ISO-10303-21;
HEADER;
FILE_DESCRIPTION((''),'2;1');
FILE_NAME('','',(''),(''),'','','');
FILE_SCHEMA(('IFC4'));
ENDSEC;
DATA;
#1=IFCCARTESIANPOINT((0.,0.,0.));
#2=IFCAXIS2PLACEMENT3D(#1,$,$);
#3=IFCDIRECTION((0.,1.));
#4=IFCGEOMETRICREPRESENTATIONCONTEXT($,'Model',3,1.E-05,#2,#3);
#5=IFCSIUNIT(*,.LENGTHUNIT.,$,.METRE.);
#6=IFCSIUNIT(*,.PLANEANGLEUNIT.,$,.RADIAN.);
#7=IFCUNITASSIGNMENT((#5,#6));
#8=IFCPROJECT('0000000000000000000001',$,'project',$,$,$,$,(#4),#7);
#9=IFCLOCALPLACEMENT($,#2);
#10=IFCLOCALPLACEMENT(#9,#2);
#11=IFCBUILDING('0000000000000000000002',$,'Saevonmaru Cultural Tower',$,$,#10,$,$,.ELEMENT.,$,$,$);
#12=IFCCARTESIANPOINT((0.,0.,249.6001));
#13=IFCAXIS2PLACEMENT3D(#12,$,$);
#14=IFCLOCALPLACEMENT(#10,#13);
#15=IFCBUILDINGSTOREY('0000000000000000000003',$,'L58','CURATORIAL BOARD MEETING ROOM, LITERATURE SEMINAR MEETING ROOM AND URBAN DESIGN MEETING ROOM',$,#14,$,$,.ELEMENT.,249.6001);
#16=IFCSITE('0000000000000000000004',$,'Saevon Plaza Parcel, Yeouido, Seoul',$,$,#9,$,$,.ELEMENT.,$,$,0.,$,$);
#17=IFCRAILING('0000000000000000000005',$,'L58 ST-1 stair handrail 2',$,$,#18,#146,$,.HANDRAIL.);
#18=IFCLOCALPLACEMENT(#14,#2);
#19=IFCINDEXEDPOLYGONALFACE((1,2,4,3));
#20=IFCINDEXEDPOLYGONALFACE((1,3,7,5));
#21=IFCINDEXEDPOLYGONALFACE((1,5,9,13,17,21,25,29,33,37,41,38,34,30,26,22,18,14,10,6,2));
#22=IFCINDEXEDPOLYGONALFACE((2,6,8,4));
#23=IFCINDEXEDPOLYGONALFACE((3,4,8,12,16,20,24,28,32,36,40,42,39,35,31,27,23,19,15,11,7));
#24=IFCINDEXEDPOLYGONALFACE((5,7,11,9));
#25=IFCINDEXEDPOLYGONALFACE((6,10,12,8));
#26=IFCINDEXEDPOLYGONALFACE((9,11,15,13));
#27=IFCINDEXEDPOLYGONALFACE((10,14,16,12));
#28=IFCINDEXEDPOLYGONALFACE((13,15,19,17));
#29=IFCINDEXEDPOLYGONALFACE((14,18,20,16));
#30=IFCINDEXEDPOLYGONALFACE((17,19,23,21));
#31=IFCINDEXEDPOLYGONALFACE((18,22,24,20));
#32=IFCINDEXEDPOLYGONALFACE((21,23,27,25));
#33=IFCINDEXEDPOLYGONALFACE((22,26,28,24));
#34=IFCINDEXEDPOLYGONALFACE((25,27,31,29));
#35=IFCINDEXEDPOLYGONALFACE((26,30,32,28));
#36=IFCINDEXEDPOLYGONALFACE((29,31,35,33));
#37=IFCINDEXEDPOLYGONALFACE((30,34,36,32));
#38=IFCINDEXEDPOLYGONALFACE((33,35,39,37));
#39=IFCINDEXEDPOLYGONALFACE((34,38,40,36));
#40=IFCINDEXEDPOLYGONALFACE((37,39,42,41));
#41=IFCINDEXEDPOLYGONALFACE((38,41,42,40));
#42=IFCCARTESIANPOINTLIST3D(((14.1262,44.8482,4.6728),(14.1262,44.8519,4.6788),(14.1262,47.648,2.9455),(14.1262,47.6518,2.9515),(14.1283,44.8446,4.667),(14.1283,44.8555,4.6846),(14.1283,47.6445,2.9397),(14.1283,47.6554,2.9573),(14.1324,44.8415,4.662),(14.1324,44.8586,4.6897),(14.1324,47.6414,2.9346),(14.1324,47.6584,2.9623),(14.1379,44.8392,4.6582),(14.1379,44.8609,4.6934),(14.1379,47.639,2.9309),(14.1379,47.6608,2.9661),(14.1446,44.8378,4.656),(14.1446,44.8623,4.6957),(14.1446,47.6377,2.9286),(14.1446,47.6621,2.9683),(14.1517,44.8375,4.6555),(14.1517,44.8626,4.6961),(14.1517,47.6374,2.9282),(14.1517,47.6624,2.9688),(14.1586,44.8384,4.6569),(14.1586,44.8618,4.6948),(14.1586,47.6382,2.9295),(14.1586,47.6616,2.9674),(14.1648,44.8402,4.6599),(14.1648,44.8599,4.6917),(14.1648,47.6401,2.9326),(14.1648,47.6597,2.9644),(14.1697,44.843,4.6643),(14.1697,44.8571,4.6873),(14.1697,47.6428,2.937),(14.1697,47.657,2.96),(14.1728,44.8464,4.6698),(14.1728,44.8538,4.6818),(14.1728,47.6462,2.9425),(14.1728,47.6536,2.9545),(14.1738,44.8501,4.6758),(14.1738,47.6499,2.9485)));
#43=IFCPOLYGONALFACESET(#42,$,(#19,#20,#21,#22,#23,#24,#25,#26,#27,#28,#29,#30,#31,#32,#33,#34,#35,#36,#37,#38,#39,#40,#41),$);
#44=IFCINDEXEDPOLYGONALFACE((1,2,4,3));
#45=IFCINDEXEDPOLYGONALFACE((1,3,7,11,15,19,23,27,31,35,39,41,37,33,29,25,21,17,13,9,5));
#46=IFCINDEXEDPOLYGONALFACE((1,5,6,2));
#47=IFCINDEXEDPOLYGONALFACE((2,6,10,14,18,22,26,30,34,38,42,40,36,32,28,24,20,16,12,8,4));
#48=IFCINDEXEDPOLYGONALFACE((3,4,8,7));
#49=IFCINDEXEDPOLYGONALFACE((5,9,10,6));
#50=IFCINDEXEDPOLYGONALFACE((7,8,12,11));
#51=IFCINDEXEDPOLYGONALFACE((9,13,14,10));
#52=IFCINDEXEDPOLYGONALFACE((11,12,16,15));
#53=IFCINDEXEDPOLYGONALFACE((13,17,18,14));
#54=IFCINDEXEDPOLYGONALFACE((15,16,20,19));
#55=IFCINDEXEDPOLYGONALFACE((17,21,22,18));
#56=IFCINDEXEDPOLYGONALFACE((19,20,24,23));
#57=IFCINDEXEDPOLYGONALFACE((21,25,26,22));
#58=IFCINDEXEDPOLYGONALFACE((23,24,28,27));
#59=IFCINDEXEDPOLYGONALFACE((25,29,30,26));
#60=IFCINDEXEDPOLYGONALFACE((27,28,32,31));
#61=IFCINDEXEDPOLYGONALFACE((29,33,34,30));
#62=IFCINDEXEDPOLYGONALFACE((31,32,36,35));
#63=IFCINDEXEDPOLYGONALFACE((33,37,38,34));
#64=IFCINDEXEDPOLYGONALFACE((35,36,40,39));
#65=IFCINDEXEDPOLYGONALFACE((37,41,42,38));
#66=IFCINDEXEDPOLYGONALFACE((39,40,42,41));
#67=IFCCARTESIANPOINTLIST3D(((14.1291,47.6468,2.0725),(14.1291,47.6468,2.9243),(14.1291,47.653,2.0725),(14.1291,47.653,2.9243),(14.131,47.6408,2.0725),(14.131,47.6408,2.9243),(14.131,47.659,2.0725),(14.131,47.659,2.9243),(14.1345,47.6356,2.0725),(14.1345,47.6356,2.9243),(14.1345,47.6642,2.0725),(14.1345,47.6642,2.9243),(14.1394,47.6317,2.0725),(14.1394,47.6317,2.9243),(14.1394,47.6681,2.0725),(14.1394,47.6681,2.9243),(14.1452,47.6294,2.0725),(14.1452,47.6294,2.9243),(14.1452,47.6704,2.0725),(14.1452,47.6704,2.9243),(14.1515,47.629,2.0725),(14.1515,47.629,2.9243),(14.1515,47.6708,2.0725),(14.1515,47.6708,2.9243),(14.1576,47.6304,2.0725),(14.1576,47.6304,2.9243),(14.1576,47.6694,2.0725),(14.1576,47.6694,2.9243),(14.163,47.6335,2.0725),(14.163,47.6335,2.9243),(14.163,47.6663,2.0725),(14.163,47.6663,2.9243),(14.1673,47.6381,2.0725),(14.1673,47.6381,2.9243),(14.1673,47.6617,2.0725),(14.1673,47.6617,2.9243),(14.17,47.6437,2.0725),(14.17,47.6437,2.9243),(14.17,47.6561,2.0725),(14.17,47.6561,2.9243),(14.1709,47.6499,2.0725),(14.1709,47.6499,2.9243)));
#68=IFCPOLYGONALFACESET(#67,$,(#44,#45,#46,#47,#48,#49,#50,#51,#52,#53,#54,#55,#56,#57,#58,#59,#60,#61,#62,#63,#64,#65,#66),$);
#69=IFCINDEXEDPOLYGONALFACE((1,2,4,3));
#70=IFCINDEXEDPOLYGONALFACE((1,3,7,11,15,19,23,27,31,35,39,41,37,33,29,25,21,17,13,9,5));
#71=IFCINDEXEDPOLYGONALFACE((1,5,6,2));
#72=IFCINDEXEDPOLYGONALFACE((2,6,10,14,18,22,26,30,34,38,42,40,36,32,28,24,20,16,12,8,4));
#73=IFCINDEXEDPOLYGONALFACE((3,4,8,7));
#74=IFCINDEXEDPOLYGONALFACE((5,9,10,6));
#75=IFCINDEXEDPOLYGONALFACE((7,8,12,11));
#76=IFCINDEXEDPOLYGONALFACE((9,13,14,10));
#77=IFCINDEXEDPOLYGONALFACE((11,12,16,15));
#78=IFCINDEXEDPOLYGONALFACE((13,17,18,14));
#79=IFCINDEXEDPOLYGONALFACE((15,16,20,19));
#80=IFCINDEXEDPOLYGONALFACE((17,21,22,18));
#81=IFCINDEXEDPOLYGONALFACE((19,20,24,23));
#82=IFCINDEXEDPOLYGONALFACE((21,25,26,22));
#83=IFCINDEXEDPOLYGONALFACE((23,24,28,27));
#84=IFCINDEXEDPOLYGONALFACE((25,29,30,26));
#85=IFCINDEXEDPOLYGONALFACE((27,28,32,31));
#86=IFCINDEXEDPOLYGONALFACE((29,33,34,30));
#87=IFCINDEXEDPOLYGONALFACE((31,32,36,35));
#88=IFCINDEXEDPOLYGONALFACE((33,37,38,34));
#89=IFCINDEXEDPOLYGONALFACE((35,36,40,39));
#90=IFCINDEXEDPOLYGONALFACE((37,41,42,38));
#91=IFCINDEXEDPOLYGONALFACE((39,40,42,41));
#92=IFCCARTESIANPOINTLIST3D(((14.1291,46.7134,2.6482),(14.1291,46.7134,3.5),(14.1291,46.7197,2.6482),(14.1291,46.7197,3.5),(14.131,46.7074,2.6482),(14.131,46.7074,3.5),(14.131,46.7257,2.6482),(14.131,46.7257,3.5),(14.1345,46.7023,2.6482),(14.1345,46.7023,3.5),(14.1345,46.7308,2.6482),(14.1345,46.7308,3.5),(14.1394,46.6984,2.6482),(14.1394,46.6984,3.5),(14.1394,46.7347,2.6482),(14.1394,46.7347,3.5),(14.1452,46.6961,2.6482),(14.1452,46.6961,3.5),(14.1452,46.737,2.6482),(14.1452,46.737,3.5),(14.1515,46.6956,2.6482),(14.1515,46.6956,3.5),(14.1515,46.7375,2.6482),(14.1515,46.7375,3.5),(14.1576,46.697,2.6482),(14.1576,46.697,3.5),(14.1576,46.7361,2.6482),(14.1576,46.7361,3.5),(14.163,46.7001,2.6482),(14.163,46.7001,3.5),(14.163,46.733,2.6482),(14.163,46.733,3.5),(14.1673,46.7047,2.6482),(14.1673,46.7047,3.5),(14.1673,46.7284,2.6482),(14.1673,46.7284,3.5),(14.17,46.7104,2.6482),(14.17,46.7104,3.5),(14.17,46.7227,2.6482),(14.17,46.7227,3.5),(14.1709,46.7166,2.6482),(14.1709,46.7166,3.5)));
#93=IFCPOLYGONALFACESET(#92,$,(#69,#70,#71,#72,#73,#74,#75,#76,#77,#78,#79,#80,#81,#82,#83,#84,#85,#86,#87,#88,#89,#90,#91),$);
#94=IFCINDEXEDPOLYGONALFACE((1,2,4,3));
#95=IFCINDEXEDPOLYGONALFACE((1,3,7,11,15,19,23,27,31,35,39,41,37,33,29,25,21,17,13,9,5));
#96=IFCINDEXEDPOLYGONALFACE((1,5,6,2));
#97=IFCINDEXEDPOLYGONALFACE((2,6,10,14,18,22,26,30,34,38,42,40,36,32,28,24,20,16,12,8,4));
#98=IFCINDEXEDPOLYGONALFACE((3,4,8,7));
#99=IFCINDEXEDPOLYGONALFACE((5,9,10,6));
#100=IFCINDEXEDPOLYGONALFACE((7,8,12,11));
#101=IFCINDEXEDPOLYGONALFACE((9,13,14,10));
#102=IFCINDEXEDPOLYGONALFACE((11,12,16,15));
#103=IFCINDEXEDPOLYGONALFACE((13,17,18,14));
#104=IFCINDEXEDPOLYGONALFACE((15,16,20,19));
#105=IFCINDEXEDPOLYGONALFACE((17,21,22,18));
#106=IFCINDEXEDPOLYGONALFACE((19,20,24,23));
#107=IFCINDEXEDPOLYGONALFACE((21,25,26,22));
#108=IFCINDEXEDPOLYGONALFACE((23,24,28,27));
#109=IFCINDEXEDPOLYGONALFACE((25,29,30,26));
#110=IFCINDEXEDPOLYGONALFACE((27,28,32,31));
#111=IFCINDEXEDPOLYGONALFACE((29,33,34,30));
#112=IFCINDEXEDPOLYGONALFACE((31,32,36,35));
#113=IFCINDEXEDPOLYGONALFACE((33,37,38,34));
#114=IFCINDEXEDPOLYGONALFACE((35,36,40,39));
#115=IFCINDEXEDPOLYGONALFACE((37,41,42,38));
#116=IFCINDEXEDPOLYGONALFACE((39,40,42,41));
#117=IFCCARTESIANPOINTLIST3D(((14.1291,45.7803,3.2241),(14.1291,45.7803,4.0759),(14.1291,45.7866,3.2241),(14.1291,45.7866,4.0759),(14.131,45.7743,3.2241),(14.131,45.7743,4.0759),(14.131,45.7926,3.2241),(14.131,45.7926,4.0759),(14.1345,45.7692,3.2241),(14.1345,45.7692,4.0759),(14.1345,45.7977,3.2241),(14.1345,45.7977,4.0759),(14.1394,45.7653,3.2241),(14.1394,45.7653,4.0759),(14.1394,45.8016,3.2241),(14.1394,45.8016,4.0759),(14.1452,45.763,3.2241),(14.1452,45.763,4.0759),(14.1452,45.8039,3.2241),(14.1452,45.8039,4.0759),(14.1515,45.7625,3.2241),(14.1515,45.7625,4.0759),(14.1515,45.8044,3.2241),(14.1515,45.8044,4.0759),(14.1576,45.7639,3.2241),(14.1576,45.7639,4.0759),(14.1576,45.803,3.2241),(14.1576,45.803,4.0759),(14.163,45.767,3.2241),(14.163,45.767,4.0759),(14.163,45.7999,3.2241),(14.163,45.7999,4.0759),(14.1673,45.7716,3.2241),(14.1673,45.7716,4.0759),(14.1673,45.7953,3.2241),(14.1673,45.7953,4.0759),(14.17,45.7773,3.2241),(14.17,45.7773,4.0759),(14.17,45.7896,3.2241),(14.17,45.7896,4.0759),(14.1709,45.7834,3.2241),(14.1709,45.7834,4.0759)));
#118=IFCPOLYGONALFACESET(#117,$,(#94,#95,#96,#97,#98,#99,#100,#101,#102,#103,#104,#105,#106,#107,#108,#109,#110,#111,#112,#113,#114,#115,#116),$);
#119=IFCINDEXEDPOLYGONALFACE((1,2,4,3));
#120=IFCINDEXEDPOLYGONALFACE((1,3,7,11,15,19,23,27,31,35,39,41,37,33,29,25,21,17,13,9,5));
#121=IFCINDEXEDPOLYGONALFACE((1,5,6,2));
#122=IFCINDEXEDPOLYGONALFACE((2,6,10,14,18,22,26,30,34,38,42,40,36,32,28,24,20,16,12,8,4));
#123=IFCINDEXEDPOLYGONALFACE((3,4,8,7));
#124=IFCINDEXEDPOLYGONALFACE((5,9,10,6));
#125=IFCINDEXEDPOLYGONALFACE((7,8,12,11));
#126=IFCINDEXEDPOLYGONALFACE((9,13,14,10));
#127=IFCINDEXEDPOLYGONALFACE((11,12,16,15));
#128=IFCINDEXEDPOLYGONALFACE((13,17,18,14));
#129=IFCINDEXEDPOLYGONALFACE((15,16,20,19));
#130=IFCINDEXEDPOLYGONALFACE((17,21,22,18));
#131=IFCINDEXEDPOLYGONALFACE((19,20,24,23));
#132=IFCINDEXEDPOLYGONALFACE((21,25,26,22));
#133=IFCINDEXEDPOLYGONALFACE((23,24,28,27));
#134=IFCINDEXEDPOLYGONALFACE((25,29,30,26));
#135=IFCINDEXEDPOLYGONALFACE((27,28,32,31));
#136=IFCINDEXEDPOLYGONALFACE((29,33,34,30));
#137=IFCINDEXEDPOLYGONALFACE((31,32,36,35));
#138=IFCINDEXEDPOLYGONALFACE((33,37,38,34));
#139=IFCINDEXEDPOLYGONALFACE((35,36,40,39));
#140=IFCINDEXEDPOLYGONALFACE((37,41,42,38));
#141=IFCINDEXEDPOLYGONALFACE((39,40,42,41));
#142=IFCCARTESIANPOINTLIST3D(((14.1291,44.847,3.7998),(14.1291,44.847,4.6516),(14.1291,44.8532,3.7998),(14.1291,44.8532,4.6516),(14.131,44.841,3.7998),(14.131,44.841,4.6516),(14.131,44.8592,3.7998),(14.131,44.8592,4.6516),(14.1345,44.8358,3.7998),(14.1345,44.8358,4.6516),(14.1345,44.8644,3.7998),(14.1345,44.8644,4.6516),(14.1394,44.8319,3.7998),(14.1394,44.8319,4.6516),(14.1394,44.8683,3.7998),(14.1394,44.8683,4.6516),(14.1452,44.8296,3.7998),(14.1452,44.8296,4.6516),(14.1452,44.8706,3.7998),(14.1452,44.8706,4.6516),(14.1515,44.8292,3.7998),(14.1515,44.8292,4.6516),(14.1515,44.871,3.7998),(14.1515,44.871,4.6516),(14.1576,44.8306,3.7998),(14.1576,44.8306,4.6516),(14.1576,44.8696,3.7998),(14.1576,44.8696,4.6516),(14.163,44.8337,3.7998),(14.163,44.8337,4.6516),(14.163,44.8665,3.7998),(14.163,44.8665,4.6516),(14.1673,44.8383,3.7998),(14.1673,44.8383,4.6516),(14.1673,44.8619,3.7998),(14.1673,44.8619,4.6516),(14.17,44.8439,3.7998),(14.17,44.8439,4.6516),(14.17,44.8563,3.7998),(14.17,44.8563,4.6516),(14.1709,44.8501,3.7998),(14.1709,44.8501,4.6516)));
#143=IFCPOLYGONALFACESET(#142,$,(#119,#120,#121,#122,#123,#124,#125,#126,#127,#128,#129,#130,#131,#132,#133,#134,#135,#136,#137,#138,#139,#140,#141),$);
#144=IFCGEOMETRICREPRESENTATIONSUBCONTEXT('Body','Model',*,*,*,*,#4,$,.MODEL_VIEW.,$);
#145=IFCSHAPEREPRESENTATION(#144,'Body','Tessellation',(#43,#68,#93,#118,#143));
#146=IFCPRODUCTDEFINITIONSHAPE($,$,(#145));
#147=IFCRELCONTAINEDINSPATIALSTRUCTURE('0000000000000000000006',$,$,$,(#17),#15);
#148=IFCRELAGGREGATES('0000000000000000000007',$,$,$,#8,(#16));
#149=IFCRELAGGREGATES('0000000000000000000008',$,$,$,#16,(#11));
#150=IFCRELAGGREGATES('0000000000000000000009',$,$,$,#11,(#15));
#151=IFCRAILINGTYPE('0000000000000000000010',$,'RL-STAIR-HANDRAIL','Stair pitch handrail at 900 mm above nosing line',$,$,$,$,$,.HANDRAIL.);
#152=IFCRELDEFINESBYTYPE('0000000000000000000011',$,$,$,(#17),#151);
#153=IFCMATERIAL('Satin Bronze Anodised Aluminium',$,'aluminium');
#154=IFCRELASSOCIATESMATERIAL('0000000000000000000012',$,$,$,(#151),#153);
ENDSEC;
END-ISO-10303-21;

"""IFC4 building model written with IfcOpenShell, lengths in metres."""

from ifc_helpers import new_model, si_unit, direction, frame, origin, origin_2d, place, context, subcontext, project, spatial, circle, extrude, material, type_object, element, save


model = new_model("IFC4")

# Units and contexts
model_context = context("Model", 3, precision=1e-05, world=origin(), true_north=direction((0.0, 1.0)))
body_context = subcontext(model_context, "Body", "Model", "MODEL_VIEW")
ifc_project = project(units=[si_unit("LENGTHUNIT", "METRE"), si_unit("PLANEANGLEUNIT", "RADIAN")], contexts=[model_context])

# Site, building, storey
site_placement = place(None, origin())
site = spatial("IfcSite", under=ifc_project, at=site_placement, Name="Saevon Plaza Parcel, Yeouido, Seoul", CompositionType="ELEMENT", RefElevation=0.0)
building_placement = place(site_placement, origin())
building = spatial("IfcBuilding", under=site, at=building_placement, Name="Saevonmaru Cultural Tower", CompositionType="ELEMENT")
storey_placement = place(building_placement, frame((0.0, 0.0, 249.6001)))
storey = spatial("IfcBuildingStorey", under=building, at=storey_placement, Name="L58", Description="CURATORIAL BOARD MEETING ROOM, LITERATURE SEMINAR MEETING ROOM AND URBAN DESIGN MEETING ROOM", CompositionType="ELEMENT", Elevation=249.6001)

# Shared definitions
ifc_material_1 = material(Name="Satin Bronze Anodised Aluminium", Category="aluminium")

# Railing
railing_type_1 = type_object("IfcRailingType", Name="RL-STAIR-HANDRAIL", Description="Stair pitch handrail at 900 mm above nosing line", PredefinedType="HANDRAIL", material=ifc_material_1)
railing_1_placement = place(storey_placement, frame((14.1499, 47.6499, 2.0725)))
element("IfcRailing", 1, at=railing_1_placement, inside=storey, type_object=railing_type_1, Name="L58 ST-1 stair handrail 2", PredefinedType="HANDRAIL", context=body_context, shape_type="SweptSolid", body=[
    extrude(circle(Radius=0.0239, at=origin_2d()), frame((0.0, 0.0, 0.876), z_axis=(0.0, -0.851069, 0.525054), x_axis=(1.0, 0.0, 0.0)), (0.0, 0.0, 1.0), 3.2898),
    extrude(circle(Radius=0.021, at=origin_2d()), origin(), (0.0, 0.0, 1.0), 0.8518),
    extrude(circle(Radius=0.021, at=origin_2d()), frame((0.0, -0.9333, 0.5757)), (0.0, 0.0, 1.0), 0.8518),
    extrude(circle(Radius=0.021, at=origin_2d()), frame((0.0, -1.8665, 1.1516)), (0.0, 0.0, 1.0), 0.8518),
    extrude(circle(Radius=0.021, at=origin_2d()), frame((0.0, -2.7998, 1.7273)), (0.0, 0.0, 1.0), 0.8518),
])

save(model, "model.ifc")
